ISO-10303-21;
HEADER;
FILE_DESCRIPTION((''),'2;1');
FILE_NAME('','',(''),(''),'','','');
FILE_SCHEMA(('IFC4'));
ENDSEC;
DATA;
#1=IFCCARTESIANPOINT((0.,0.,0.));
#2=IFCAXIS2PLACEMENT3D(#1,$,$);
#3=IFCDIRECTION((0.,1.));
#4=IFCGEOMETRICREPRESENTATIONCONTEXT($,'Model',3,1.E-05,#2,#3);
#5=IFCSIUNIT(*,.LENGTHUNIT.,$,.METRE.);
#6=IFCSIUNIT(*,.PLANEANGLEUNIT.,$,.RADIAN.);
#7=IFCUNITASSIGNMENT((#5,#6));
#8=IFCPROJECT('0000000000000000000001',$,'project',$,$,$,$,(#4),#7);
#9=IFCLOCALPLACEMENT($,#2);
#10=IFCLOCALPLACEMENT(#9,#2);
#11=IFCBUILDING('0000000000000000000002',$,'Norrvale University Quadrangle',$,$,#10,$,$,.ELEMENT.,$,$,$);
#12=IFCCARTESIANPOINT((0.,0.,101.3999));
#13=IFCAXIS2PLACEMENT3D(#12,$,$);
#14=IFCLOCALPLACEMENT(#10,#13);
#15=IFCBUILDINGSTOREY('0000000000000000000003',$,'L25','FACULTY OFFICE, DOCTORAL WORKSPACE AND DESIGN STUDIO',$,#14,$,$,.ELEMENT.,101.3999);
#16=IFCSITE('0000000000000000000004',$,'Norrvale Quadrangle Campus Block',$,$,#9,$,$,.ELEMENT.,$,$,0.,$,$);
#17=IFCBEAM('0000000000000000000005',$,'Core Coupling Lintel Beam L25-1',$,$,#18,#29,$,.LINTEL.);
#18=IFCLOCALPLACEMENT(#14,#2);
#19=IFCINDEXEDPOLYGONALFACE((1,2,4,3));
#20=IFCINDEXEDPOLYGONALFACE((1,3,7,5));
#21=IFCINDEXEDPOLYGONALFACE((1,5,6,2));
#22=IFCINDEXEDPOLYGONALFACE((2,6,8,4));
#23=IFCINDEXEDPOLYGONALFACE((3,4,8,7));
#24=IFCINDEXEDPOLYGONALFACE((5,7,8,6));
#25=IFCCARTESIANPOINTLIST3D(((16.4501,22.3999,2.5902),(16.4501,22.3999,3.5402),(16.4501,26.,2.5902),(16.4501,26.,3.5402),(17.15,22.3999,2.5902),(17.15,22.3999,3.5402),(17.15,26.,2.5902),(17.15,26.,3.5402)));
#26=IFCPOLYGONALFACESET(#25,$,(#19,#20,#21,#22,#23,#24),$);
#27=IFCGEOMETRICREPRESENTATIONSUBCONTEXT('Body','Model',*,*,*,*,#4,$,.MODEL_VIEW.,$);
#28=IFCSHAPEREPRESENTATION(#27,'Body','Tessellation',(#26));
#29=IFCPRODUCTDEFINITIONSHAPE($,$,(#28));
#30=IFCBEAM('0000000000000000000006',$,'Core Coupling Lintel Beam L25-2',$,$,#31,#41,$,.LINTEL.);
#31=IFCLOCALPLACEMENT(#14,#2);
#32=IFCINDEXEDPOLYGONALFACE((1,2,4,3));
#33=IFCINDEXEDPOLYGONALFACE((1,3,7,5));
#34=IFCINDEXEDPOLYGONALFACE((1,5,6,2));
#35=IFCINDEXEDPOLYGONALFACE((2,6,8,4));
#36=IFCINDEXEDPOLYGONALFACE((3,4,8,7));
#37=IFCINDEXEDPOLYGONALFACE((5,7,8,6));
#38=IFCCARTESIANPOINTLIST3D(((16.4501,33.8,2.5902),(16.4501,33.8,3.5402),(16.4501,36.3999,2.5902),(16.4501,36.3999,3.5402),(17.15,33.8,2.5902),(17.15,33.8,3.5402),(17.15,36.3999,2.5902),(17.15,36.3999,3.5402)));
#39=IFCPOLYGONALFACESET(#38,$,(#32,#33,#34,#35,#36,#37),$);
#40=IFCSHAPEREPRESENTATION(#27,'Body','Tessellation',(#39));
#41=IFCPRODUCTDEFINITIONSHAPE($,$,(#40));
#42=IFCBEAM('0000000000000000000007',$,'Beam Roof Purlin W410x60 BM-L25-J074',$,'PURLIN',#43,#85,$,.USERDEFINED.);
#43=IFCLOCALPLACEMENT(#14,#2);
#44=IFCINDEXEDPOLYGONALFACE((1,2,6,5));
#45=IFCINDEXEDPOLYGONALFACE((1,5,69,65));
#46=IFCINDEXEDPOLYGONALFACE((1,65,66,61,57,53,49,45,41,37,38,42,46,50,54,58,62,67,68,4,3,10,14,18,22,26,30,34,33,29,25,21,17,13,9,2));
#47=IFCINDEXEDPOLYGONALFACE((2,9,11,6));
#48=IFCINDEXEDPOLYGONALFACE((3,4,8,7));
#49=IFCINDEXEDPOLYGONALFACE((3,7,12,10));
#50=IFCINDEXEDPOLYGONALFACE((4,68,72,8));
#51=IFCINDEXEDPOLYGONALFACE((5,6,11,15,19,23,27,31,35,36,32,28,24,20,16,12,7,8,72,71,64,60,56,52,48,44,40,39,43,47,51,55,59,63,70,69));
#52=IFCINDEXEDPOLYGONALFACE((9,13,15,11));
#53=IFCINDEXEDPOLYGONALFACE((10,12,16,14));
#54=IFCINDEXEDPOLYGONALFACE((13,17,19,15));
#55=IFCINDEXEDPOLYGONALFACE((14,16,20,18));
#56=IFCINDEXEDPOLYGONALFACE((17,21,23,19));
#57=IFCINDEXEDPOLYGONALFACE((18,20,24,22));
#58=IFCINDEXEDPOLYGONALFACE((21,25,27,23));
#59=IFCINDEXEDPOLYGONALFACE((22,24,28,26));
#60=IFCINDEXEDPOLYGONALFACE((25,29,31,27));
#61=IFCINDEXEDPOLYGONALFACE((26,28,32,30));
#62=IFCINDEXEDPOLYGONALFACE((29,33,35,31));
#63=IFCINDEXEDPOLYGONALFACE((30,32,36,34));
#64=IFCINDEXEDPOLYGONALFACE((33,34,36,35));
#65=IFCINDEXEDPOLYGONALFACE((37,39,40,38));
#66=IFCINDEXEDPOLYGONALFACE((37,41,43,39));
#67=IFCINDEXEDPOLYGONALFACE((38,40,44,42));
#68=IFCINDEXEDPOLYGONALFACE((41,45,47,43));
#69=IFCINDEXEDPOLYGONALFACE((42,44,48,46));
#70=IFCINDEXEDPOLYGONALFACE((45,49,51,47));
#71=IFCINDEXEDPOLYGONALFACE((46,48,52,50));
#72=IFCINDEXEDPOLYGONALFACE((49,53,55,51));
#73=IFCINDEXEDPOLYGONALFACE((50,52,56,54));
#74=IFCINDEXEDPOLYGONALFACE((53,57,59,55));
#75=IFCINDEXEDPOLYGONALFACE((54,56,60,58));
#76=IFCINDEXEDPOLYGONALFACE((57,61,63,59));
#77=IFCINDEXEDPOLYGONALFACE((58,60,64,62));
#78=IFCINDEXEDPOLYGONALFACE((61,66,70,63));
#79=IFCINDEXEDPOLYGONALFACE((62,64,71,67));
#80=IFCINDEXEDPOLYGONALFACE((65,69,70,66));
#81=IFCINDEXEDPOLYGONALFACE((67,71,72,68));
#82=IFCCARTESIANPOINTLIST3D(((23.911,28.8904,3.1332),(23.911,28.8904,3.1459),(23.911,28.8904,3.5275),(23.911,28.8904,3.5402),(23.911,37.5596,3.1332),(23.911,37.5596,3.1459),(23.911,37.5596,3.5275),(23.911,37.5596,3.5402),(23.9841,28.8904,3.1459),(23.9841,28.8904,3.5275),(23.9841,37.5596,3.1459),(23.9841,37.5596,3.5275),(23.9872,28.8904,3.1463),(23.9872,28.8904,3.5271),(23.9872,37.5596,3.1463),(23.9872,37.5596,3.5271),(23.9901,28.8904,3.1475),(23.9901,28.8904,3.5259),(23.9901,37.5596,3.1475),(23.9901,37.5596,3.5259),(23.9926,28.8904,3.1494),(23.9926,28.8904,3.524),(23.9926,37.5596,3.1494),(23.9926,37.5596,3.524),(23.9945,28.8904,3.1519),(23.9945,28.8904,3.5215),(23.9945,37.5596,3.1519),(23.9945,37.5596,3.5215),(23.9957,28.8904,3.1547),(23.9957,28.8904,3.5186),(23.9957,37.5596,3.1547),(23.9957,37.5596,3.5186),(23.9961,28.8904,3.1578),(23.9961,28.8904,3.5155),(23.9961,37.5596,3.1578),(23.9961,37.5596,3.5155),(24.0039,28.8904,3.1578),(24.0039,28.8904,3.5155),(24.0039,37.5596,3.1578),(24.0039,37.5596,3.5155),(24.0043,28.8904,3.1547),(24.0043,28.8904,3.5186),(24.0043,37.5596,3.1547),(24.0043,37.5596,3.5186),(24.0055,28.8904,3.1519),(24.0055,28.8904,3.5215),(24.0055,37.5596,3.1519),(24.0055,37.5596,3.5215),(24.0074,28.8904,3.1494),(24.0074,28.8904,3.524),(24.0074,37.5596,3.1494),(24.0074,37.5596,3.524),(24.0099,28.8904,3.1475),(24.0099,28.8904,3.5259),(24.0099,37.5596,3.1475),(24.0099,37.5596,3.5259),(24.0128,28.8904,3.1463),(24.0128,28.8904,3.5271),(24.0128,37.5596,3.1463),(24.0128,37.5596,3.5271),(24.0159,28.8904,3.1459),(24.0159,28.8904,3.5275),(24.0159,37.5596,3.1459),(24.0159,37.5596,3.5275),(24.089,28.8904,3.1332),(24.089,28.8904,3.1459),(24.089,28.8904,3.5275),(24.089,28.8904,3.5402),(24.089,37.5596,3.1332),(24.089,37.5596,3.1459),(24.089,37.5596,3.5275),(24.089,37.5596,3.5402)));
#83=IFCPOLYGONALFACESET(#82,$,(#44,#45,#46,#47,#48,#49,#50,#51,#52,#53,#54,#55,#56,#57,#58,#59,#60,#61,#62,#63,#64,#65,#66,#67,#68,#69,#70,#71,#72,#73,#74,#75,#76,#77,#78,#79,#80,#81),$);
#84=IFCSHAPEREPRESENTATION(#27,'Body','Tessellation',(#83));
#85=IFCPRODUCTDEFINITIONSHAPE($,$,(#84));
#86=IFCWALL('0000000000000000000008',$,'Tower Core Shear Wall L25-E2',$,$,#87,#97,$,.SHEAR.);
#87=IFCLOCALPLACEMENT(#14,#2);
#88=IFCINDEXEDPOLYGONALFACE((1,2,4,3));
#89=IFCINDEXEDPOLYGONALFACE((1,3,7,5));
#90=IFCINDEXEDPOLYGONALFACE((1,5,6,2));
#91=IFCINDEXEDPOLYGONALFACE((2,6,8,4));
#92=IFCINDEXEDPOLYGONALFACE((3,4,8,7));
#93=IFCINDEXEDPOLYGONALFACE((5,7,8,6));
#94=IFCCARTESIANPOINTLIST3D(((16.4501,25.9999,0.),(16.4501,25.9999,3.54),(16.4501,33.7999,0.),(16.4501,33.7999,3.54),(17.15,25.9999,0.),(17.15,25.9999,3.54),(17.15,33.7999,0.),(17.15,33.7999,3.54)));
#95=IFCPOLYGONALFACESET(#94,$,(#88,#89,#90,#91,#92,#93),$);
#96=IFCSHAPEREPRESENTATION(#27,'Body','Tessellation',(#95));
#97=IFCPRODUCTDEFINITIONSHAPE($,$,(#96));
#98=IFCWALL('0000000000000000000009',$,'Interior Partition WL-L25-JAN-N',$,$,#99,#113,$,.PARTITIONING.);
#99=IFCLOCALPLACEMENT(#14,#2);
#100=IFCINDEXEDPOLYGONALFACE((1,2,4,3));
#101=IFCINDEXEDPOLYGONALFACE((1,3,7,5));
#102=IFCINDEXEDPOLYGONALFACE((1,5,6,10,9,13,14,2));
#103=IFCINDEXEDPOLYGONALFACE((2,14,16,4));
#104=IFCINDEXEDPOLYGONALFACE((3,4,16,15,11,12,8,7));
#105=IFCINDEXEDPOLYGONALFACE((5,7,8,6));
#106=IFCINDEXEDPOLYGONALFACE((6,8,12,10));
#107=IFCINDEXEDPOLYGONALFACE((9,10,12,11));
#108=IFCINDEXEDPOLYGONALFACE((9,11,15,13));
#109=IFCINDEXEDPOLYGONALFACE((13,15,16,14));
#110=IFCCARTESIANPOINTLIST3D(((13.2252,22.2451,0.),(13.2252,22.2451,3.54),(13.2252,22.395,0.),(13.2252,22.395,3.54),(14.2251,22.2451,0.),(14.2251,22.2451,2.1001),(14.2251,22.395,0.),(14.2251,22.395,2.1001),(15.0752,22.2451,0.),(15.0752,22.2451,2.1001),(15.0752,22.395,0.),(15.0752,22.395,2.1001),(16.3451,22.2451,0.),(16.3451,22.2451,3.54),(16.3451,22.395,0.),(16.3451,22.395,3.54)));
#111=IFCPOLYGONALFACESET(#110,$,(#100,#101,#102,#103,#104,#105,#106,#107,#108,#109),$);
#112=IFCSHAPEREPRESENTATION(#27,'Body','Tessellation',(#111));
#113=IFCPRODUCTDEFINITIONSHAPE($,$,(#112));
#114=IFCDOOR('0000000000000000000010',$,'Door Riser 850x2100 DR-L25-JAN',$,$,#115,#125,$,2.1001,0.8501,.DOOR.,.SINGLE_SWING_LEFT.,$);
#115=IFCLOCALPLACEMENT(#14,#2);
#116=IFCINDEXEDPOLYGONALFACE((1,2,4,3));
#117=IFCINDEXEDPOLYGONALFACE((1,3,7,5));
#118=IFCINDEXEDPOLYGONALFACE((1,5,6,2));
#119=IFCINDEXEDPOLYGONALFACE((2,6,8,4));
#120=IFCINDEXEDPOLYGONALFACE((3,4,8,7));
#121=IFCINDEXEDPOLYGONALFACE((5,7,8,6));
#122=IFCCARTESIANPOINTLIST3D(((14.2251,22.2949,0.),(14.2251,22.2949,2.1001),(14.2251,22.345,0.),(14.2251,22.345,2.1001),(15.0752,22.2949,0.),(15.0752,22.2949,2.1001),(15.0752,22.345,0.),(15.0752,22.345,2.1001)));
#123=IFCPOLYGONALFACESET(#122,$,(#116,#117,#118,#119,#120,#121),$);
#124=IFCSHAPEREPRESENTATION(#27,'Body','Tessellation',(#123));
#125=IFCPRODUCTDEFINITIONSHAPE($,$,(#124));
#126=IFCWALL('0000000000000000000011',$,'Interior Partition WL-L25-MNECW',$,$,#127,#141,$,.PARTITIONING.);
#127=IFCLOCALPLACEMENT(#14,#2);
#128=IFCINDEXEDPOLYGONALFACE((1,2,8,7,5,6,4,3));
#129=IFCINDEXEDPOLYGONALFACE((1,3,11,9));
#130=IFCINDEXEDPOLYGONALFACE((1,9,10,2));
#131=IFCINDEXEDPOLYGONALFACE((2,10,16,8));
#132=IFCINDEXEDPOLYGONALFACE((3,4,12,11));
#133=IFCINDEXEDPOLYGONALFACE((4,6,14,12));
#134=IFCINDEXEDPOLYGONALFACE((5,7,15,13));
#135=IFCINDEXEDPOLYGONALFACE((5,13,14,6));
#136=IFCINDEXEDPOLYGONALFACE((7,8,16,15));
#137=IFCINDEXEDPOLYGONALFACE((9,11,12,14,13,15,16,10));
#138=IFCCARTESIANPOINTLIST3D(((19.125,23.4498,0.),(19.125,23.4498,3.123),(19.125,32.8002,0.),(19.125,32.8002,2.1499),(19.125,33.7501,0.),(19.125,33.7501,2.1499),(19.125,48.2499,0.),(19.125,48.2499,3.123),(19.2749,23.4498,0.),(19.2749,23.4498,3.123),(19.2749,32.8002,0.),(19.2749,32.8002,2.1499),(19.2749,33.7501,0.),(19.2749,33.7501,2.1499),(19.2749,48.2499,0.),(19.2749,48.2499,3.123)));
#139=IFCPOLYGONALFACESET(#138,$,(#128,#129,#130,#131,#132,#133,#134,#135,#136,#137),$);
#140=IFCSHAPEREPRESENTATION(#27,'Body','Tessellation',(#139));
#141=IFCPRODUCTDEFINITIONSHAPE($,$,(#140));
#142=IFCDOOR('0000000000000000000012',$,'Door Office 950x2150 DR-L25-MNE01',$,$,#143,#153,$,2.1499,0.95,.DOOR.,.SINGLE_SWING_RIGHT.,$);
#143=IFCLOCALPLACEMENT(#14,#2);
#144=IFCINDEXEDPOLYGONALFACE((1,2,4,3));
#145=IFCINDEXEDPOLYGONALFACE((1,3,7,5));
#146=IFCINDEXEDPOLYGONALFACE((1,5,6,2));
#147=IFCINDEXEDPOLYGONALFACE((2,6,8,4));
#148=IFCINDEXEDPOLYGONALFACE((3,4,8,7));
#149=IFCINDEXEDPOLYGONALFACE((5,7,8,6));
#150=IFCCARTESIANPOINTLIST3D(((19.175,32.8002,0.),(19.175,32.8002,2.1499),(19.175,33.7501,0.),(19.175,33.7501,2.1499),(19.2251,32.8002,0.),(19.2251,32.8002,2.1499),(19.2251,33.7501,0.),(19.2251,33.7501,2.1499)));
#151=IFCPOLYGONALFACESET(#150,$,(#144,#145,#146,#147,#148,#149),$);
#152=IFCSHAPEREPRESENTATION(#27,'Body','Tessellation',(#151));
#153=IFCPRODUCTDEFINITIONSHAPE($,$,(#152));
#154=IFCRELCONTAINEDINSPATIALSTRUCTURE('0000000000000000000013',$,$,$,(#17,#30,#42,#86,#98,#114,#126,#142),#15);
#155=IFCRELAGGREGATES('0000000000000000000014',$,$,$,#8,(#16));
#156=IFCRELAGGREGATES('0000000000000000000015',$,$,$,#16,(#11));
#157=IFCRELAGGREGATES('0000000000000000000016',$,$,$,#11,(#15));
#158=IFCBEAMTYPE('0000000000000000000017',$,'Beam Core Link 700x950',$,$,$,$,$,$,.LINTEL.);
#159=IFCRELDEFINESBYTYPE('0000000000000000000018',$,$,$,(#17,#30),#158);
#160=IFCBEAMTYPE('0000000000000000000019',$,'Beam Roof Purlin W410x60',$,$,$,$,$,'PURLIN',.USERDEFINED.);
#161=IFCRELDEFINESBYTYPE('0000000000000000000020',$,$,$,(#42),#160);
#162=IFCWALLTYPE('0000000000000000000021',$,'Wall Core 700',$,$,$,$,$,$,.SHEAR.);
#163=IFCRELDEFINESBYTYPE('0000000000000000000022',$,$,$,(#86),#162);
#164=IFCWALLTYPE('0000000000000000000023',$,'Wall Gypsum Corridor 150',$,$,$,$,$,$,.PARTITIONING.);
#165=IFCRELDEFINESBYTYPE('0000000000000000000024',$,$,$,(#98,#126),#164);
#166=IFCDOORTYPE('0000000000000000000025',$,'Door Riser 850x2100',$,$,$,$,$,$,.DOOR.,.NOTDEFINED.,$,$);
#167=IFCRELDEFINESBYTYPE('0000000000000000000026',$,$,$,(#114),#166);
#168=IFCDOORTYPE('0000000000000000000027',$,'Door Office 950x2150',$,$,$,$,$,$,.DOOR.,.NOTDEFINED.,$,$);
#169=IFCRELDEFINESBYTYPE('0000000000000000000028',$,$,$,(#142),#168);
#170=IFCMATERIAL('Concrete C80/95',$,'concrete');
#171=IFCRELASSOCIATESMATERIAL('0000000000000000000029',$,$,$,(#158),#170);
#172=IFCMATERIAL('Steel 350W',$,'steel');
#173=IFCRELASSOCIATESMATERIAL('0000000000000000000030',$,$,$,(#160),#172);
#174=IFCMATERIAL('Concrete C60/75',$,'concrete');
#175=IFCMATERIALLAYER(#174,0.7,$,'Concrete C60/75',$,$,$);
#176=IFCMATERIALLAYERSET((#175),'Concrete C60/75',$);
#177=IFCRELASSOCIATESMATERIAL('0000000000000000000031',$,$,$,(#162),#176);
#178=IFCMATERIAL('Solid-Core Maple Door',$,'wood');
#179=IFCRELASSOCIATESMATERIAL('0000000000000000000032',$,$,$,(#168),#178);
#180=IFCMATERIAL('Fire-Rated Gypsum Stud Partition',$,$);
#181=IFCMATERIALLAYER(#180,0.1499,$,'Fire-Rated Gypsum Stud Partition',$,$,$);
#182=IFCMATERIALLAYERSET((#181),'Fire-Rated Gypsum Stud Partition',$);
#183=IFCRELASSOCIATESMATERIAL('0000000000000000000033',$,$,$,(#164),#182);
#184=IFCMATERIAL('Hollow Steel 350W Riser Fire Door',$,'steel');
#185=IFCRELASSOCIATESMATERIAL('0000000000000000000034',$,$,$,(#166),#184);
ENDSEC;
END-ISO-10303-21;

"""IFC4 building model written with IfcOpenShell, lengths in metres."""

from ifc_helpers import new_model, si_unit, direction, frame, frame_2d, origin, origin_2d, place, context, subcontext, project, spatial, rectangle, i_section, extrude, material, layer, layer_set, material_profile, profile_set, type_object, element, fill, save


model = new_model("IFC4")

# Units and contexts
model_context = context("Model", 3, precision=1e-05, world=origin(), true_north=direction((0.0, 1.0)))
body_context = subcontext(model_context, "Body", "Model", "MODEL_VIEW")
ifc_project = project(units=[si_unit("LENGTHUNIT", "METRE"), si_unit("PLANEANGLEUNIT", "RADIAN")], contexts=[model_context])

# Site, building, storey
site_placement = place(None, origin())
site = spatial("IfcSite", under=ifc_project, at=site_placement, Name="Norrvale Quadrangle Campus Block", CompositionType="ELEMENT", RefElevation=0.0)
building_placement = place(site_placement, origin())
building = spatial("IfcBuilding", under=site, at=building_placement, Name="Norrvale University Quadrangle", CompositionType="ELEMENT")
storey_placement = place(building_placement, frame((0.0, 0.0, 101.3999)))
storey = spatial("IfcBuildingStorey", under=building, at=storey_placement, Name="L25", Description="FACULTY OFFICE, DOCTORAL WORKSPACE AND DESIGN STUDIO", CompositionType="ELEMENT", Elevation=101.3999)

# Shared definitions
ifc_material_1 = material(Name="Concrete C60/75", Category="concrete")

# Beams
ifc_material_2 = material(Name="Steel 350W", Category="steel")
ifc_material_3 = material(Name="Concrete C80/95", Category="concrete")
ifc_material_profile_1 = material_profile(ifc_material_3, rectangle(XDim=0.7, YDim=0.95, at=origin_2d()), Name="Concrete C80/95")
ifc_profile_set_1 = profile_set([ifc_material_profile_1], Name="Concrete C80/95")
beam_type_1 = type_object("IfcBeamType", Name="Beam Core Link 700x950", PredefinedType="LINTEL", material=ifc_profile_set_1)
beam_1_placement = place(storey_placement, frame((16.8, 22.3999, 3.0652), z_axis=(0.0, 1.0, 0.0), x_axis=(-1.0, 0.0, 0.0)))
element("IfcBeam", 1, at=beam_1_placement, inside=storey, type_object=beam_type_1, Name="Core Coupling Lintel Beam L25-1", PredefinedType="LINTEL", context=body_context, shape_type="SweptSolid", body=[
    extrude(rectangle(XDim=0.7, YDim=0.95, at=origin_2d()), origin(), (0.0, 0.0, 1.0), 3.6001),
])
beam_2_placement = place(storey_placement, frame((16.8, 33.8, 3.0652), z_axis=(0.0, 1.0, 0.0), x_axis=(-1.0, 0.0, 0.0)))
element("IfcBeam", 2, at=beam_2_placement, inside=storey, type_object=beam_type_1, Name="Core Coupling Lintel Beam L25-2", PredefinedType="LINTEL", context=body_context, shape_type="SweptSolid", body=[
    extrude(rectangle(XDim=0.7, YDim=0.95, at=origin_2d()), origin(), (0.0, 0.0, 1.0), 2.5999),
])
ifc_material_profile_2 = material_profile(ifc_material_2, i_section(OverallWidth=0.178, OverallDepth=0.407, WebThickness=0.0078, FlangeThickness=0.0127, FilletRadius=0.012, at=origin_2d()), Name="Steel 350W")
ifc_profile_set_2 = profile_set([ifc_material_profile_2], Name="Steel 350W")
beam_type_2 = type_object("IfcBeamType", Name="Beam Roof Purlin W410x60", ElementType="PURLIN", PredefinedType="USERDEFINED", material=ifc_profile_set_2)
beam_3_placement = place(storey_placement, frame((24.0, 28.8904, 3.3367), z_axis=(0.0, 1.0, 0.0), x_axis=(-1.0, 0.0, 0.0)))
element("IfcBeam", 3, at=beam_3_placement, inside=storey, type_object=beam_type_2, Name="Beam Roof Purlin W410x60 BM-L25-J074", ObjectType="PURLIN", PredefinedType="USERDEFINED", context=body_context, shape_type="SweptSolid", body=[
    extrude(i_section(OverallWidth=0.178, OverallDepth=0.407, WebThickness=0.0078, FlangeThickness=0.0127, FilletRadius=0.012, at=origin_2d()), origin(), (0.0, 0.0, 1.0), 8.6692),
])

# Wall
ifc_layer_1 = layer(ifc_material_1, 0.7, Name="Concrete C60/75")
ifc_layer_set_1 = layer_set([ifc_layer_1], Name="Concrete C60/75")
wall_type_1 = type_object("IfcWallType", Name="Wall Core 700", PredefinedType="SHEAR", material=ifc_layer_set_1)
wall_1_placement = place(storey_placement, frame((16.8, 26.0, 0.0), z_axis=(0.0, 0.0, 1.0), x_axis=(0.0, 1.0, 0.0)))
element("IfcWall", 4, at=wall_1_placement, inside=storey, type_object=wall_type_1, Name="Tower Core Shear Wall L25-E2", PredefinedType="SHEAR", context=body_context, shape_type="SweptSolid", body=[
    extrude(rectangle(XDim=7.8, YDim=0.7, at=frame_2d((3.8999, 0.0))), origin(), (0.0, 0.0, 1.0), 3.54),
])

# Walls, openings, doors
ifc_material_4 = material(Name="Solid-Core Maple Door", Category="wood")
door_type_1 = type_object("IfcDoorType", Name="Door Office 950x2150", OperationType="NOTDEFINED", PredefinedType="DOOR", material=ifc_material_4)
ifc_material_5 = material(Name="Fire-Rated Gypsum Stud Partition")
ifc_layer_2 = layer(ifc_material_5, 0.1499, Name="Fire-Rated Gypsum Stud Partition")
ifc_layer_set_2 = layer_set([ifc_layer_2], Name="Fire-Rated Gypsum Stud Partition")
wall_type_2 = type_object("IfcWallType", Name="Wall Gypsum Corridor 150", PredefinedType="PARTITIONING", material=ifc_layer_set_2)
wall_2_placement = place(storey_placement, frame((13.2251, 22.3201, 0.0), z_axis=(0.0, 0.0, 1.0), x_axis=(1.0, 0.0, 0.0)))
wall_2 = element("IfcWall", 5, at=wall_2_placement, inside=storey, type_object=wall_type_2, Name="Interior Partition WL-L25-JAN-N", PredefinedType="PARTITIONING", context=body_context, shape_type="SweptSolid", body=[
    extrude(rectangle(XDim=3.1199, YDim=0.1499, at=frame_2d((1.5601, 0.0))), origin(), (0.0, 0.0, 1.0), 3.54),
])
opening_1_placement = place(wall_2_placement, frame((1.0, 0.0, 0.0)))
opening_1 = element("IfcOpeningElement", 6, at=opening_1_placement, cuts=wall_2, PredefinedType="OPENING", context=body_context, shape_type="SweptSolid", body=[
    extrude(rectangle(XDim=0.8501, YDim=2.1001, at=frame_2d((0.425, 1.05))), frame((0.0, 0.0869, 0.0), z_axis=(0.0, -1.0, 0.0), x_axis=(1.0, 0.0, 0.0)), (0.0, 0.0, 1.0), 0.1738),
])
ifc_material_6 = material(Name="Hollow Steel 350W Riser Fire Door", Category="steel")
door_type_2 = type_object("IfcDoorType", Name="Door Riser 850x2100", OperationType="NOTDEFINED", PredefinedType="DOOR", material=ifc_material_6)
door_1_placement = place(opening_1_placement, origin())
door_1 = element("IfcDoor", 7, at=door_1_placement, inside=storey, type_object=door_type_2, Name="Door Riser 850x2100 DR-L25-JAN", OperationType="SINGLE_SWING_LEFT", OverallHeight=2.1001, OverallWidth=0.8501, PredefinedType="DOOR", context=body_context, shape_type="SweptSolid", body=[
    extrude(rectangle(XDim=0.8501, YDim=2.1001, at=frame_2d((0.425, 1.05))), frame((0.0, 0.0249, 0.0), z_axis=(0.0, -1.0, 0.0), x_axis=(1.0, 0.0, 0.0)), (0.0, 0.0, 1.0), 0.05),
])
fill(opening_1, door_1)
wall_3_placement = place(storey_placement, frame((19.2, 23.45, 0.0), z_axis=(0.0, 0.0, 1.0), x_axis=(0.0, 1.0, 0.0)))
wall_3 = element("IfcWall", 8, at=wall_3_placement, inside=storey, type_object=wall_type_2, Name="Interior Partition WL-L25-MNECW", PredefinedType="PARTITIONING", context=body_context, shape_type="SweptSolid", body=[
    extrude(rectangle(XDim=24.8, YDim=0.1499, at=frame_2d((12.3999, 0.0))), origin(), (0.0, 0.0, 1.0), 3.123),
])
opening_2_placement = place(wall_3_placement, frame((9.3501, 0.0, 0.0)))
opening_2 = element("IfcOpeningElement", 9, at=opening_2_placement, cuts=wall_3, PredefinedType="OPENING", context=body_context, shape_type="SweptSolid", body=[
    extrude(rectangle(XDim=0.95, YDim=2.1499, at=frame_2d((0.4751, 1.075))), frame((0.0, 0.0869, 0.0), z_axis=(0.0, -1.0, 0.0), x_axis=(1.0, 0.0, 0.0)), (0.0, 0.0, 1.0), 0.1738),
])
door_2_placement = place(opening_2_placement, origin())
door_2 = element("IfcDoor", 10, at=door_2_placement, inside=storey, type_object=door_type_1, Name="Door Office 950x2150 DR-L25-MNE01", OperationType="SINGLE_SWING_RIGHT", OverallHeight=2.1499, OverallWidth=0.95, PredefinedType="DOOR", context=body_context, shape_type="SweptSolid", body=[
    extrude(rectangle(XDim=0.95, YDim=2.1499, at=frame_2d((0.4751, 1.075))), frame((0.0, 0.0249, 0.0), z_axis=(0.0, -1.0, 0.0), x_axis=(1.0, 0.0, 0.0)), (0.0, 0.0, 1.0), 0.05),
])
fill(opening_2, door_2)

save(model, "model.ifc")
